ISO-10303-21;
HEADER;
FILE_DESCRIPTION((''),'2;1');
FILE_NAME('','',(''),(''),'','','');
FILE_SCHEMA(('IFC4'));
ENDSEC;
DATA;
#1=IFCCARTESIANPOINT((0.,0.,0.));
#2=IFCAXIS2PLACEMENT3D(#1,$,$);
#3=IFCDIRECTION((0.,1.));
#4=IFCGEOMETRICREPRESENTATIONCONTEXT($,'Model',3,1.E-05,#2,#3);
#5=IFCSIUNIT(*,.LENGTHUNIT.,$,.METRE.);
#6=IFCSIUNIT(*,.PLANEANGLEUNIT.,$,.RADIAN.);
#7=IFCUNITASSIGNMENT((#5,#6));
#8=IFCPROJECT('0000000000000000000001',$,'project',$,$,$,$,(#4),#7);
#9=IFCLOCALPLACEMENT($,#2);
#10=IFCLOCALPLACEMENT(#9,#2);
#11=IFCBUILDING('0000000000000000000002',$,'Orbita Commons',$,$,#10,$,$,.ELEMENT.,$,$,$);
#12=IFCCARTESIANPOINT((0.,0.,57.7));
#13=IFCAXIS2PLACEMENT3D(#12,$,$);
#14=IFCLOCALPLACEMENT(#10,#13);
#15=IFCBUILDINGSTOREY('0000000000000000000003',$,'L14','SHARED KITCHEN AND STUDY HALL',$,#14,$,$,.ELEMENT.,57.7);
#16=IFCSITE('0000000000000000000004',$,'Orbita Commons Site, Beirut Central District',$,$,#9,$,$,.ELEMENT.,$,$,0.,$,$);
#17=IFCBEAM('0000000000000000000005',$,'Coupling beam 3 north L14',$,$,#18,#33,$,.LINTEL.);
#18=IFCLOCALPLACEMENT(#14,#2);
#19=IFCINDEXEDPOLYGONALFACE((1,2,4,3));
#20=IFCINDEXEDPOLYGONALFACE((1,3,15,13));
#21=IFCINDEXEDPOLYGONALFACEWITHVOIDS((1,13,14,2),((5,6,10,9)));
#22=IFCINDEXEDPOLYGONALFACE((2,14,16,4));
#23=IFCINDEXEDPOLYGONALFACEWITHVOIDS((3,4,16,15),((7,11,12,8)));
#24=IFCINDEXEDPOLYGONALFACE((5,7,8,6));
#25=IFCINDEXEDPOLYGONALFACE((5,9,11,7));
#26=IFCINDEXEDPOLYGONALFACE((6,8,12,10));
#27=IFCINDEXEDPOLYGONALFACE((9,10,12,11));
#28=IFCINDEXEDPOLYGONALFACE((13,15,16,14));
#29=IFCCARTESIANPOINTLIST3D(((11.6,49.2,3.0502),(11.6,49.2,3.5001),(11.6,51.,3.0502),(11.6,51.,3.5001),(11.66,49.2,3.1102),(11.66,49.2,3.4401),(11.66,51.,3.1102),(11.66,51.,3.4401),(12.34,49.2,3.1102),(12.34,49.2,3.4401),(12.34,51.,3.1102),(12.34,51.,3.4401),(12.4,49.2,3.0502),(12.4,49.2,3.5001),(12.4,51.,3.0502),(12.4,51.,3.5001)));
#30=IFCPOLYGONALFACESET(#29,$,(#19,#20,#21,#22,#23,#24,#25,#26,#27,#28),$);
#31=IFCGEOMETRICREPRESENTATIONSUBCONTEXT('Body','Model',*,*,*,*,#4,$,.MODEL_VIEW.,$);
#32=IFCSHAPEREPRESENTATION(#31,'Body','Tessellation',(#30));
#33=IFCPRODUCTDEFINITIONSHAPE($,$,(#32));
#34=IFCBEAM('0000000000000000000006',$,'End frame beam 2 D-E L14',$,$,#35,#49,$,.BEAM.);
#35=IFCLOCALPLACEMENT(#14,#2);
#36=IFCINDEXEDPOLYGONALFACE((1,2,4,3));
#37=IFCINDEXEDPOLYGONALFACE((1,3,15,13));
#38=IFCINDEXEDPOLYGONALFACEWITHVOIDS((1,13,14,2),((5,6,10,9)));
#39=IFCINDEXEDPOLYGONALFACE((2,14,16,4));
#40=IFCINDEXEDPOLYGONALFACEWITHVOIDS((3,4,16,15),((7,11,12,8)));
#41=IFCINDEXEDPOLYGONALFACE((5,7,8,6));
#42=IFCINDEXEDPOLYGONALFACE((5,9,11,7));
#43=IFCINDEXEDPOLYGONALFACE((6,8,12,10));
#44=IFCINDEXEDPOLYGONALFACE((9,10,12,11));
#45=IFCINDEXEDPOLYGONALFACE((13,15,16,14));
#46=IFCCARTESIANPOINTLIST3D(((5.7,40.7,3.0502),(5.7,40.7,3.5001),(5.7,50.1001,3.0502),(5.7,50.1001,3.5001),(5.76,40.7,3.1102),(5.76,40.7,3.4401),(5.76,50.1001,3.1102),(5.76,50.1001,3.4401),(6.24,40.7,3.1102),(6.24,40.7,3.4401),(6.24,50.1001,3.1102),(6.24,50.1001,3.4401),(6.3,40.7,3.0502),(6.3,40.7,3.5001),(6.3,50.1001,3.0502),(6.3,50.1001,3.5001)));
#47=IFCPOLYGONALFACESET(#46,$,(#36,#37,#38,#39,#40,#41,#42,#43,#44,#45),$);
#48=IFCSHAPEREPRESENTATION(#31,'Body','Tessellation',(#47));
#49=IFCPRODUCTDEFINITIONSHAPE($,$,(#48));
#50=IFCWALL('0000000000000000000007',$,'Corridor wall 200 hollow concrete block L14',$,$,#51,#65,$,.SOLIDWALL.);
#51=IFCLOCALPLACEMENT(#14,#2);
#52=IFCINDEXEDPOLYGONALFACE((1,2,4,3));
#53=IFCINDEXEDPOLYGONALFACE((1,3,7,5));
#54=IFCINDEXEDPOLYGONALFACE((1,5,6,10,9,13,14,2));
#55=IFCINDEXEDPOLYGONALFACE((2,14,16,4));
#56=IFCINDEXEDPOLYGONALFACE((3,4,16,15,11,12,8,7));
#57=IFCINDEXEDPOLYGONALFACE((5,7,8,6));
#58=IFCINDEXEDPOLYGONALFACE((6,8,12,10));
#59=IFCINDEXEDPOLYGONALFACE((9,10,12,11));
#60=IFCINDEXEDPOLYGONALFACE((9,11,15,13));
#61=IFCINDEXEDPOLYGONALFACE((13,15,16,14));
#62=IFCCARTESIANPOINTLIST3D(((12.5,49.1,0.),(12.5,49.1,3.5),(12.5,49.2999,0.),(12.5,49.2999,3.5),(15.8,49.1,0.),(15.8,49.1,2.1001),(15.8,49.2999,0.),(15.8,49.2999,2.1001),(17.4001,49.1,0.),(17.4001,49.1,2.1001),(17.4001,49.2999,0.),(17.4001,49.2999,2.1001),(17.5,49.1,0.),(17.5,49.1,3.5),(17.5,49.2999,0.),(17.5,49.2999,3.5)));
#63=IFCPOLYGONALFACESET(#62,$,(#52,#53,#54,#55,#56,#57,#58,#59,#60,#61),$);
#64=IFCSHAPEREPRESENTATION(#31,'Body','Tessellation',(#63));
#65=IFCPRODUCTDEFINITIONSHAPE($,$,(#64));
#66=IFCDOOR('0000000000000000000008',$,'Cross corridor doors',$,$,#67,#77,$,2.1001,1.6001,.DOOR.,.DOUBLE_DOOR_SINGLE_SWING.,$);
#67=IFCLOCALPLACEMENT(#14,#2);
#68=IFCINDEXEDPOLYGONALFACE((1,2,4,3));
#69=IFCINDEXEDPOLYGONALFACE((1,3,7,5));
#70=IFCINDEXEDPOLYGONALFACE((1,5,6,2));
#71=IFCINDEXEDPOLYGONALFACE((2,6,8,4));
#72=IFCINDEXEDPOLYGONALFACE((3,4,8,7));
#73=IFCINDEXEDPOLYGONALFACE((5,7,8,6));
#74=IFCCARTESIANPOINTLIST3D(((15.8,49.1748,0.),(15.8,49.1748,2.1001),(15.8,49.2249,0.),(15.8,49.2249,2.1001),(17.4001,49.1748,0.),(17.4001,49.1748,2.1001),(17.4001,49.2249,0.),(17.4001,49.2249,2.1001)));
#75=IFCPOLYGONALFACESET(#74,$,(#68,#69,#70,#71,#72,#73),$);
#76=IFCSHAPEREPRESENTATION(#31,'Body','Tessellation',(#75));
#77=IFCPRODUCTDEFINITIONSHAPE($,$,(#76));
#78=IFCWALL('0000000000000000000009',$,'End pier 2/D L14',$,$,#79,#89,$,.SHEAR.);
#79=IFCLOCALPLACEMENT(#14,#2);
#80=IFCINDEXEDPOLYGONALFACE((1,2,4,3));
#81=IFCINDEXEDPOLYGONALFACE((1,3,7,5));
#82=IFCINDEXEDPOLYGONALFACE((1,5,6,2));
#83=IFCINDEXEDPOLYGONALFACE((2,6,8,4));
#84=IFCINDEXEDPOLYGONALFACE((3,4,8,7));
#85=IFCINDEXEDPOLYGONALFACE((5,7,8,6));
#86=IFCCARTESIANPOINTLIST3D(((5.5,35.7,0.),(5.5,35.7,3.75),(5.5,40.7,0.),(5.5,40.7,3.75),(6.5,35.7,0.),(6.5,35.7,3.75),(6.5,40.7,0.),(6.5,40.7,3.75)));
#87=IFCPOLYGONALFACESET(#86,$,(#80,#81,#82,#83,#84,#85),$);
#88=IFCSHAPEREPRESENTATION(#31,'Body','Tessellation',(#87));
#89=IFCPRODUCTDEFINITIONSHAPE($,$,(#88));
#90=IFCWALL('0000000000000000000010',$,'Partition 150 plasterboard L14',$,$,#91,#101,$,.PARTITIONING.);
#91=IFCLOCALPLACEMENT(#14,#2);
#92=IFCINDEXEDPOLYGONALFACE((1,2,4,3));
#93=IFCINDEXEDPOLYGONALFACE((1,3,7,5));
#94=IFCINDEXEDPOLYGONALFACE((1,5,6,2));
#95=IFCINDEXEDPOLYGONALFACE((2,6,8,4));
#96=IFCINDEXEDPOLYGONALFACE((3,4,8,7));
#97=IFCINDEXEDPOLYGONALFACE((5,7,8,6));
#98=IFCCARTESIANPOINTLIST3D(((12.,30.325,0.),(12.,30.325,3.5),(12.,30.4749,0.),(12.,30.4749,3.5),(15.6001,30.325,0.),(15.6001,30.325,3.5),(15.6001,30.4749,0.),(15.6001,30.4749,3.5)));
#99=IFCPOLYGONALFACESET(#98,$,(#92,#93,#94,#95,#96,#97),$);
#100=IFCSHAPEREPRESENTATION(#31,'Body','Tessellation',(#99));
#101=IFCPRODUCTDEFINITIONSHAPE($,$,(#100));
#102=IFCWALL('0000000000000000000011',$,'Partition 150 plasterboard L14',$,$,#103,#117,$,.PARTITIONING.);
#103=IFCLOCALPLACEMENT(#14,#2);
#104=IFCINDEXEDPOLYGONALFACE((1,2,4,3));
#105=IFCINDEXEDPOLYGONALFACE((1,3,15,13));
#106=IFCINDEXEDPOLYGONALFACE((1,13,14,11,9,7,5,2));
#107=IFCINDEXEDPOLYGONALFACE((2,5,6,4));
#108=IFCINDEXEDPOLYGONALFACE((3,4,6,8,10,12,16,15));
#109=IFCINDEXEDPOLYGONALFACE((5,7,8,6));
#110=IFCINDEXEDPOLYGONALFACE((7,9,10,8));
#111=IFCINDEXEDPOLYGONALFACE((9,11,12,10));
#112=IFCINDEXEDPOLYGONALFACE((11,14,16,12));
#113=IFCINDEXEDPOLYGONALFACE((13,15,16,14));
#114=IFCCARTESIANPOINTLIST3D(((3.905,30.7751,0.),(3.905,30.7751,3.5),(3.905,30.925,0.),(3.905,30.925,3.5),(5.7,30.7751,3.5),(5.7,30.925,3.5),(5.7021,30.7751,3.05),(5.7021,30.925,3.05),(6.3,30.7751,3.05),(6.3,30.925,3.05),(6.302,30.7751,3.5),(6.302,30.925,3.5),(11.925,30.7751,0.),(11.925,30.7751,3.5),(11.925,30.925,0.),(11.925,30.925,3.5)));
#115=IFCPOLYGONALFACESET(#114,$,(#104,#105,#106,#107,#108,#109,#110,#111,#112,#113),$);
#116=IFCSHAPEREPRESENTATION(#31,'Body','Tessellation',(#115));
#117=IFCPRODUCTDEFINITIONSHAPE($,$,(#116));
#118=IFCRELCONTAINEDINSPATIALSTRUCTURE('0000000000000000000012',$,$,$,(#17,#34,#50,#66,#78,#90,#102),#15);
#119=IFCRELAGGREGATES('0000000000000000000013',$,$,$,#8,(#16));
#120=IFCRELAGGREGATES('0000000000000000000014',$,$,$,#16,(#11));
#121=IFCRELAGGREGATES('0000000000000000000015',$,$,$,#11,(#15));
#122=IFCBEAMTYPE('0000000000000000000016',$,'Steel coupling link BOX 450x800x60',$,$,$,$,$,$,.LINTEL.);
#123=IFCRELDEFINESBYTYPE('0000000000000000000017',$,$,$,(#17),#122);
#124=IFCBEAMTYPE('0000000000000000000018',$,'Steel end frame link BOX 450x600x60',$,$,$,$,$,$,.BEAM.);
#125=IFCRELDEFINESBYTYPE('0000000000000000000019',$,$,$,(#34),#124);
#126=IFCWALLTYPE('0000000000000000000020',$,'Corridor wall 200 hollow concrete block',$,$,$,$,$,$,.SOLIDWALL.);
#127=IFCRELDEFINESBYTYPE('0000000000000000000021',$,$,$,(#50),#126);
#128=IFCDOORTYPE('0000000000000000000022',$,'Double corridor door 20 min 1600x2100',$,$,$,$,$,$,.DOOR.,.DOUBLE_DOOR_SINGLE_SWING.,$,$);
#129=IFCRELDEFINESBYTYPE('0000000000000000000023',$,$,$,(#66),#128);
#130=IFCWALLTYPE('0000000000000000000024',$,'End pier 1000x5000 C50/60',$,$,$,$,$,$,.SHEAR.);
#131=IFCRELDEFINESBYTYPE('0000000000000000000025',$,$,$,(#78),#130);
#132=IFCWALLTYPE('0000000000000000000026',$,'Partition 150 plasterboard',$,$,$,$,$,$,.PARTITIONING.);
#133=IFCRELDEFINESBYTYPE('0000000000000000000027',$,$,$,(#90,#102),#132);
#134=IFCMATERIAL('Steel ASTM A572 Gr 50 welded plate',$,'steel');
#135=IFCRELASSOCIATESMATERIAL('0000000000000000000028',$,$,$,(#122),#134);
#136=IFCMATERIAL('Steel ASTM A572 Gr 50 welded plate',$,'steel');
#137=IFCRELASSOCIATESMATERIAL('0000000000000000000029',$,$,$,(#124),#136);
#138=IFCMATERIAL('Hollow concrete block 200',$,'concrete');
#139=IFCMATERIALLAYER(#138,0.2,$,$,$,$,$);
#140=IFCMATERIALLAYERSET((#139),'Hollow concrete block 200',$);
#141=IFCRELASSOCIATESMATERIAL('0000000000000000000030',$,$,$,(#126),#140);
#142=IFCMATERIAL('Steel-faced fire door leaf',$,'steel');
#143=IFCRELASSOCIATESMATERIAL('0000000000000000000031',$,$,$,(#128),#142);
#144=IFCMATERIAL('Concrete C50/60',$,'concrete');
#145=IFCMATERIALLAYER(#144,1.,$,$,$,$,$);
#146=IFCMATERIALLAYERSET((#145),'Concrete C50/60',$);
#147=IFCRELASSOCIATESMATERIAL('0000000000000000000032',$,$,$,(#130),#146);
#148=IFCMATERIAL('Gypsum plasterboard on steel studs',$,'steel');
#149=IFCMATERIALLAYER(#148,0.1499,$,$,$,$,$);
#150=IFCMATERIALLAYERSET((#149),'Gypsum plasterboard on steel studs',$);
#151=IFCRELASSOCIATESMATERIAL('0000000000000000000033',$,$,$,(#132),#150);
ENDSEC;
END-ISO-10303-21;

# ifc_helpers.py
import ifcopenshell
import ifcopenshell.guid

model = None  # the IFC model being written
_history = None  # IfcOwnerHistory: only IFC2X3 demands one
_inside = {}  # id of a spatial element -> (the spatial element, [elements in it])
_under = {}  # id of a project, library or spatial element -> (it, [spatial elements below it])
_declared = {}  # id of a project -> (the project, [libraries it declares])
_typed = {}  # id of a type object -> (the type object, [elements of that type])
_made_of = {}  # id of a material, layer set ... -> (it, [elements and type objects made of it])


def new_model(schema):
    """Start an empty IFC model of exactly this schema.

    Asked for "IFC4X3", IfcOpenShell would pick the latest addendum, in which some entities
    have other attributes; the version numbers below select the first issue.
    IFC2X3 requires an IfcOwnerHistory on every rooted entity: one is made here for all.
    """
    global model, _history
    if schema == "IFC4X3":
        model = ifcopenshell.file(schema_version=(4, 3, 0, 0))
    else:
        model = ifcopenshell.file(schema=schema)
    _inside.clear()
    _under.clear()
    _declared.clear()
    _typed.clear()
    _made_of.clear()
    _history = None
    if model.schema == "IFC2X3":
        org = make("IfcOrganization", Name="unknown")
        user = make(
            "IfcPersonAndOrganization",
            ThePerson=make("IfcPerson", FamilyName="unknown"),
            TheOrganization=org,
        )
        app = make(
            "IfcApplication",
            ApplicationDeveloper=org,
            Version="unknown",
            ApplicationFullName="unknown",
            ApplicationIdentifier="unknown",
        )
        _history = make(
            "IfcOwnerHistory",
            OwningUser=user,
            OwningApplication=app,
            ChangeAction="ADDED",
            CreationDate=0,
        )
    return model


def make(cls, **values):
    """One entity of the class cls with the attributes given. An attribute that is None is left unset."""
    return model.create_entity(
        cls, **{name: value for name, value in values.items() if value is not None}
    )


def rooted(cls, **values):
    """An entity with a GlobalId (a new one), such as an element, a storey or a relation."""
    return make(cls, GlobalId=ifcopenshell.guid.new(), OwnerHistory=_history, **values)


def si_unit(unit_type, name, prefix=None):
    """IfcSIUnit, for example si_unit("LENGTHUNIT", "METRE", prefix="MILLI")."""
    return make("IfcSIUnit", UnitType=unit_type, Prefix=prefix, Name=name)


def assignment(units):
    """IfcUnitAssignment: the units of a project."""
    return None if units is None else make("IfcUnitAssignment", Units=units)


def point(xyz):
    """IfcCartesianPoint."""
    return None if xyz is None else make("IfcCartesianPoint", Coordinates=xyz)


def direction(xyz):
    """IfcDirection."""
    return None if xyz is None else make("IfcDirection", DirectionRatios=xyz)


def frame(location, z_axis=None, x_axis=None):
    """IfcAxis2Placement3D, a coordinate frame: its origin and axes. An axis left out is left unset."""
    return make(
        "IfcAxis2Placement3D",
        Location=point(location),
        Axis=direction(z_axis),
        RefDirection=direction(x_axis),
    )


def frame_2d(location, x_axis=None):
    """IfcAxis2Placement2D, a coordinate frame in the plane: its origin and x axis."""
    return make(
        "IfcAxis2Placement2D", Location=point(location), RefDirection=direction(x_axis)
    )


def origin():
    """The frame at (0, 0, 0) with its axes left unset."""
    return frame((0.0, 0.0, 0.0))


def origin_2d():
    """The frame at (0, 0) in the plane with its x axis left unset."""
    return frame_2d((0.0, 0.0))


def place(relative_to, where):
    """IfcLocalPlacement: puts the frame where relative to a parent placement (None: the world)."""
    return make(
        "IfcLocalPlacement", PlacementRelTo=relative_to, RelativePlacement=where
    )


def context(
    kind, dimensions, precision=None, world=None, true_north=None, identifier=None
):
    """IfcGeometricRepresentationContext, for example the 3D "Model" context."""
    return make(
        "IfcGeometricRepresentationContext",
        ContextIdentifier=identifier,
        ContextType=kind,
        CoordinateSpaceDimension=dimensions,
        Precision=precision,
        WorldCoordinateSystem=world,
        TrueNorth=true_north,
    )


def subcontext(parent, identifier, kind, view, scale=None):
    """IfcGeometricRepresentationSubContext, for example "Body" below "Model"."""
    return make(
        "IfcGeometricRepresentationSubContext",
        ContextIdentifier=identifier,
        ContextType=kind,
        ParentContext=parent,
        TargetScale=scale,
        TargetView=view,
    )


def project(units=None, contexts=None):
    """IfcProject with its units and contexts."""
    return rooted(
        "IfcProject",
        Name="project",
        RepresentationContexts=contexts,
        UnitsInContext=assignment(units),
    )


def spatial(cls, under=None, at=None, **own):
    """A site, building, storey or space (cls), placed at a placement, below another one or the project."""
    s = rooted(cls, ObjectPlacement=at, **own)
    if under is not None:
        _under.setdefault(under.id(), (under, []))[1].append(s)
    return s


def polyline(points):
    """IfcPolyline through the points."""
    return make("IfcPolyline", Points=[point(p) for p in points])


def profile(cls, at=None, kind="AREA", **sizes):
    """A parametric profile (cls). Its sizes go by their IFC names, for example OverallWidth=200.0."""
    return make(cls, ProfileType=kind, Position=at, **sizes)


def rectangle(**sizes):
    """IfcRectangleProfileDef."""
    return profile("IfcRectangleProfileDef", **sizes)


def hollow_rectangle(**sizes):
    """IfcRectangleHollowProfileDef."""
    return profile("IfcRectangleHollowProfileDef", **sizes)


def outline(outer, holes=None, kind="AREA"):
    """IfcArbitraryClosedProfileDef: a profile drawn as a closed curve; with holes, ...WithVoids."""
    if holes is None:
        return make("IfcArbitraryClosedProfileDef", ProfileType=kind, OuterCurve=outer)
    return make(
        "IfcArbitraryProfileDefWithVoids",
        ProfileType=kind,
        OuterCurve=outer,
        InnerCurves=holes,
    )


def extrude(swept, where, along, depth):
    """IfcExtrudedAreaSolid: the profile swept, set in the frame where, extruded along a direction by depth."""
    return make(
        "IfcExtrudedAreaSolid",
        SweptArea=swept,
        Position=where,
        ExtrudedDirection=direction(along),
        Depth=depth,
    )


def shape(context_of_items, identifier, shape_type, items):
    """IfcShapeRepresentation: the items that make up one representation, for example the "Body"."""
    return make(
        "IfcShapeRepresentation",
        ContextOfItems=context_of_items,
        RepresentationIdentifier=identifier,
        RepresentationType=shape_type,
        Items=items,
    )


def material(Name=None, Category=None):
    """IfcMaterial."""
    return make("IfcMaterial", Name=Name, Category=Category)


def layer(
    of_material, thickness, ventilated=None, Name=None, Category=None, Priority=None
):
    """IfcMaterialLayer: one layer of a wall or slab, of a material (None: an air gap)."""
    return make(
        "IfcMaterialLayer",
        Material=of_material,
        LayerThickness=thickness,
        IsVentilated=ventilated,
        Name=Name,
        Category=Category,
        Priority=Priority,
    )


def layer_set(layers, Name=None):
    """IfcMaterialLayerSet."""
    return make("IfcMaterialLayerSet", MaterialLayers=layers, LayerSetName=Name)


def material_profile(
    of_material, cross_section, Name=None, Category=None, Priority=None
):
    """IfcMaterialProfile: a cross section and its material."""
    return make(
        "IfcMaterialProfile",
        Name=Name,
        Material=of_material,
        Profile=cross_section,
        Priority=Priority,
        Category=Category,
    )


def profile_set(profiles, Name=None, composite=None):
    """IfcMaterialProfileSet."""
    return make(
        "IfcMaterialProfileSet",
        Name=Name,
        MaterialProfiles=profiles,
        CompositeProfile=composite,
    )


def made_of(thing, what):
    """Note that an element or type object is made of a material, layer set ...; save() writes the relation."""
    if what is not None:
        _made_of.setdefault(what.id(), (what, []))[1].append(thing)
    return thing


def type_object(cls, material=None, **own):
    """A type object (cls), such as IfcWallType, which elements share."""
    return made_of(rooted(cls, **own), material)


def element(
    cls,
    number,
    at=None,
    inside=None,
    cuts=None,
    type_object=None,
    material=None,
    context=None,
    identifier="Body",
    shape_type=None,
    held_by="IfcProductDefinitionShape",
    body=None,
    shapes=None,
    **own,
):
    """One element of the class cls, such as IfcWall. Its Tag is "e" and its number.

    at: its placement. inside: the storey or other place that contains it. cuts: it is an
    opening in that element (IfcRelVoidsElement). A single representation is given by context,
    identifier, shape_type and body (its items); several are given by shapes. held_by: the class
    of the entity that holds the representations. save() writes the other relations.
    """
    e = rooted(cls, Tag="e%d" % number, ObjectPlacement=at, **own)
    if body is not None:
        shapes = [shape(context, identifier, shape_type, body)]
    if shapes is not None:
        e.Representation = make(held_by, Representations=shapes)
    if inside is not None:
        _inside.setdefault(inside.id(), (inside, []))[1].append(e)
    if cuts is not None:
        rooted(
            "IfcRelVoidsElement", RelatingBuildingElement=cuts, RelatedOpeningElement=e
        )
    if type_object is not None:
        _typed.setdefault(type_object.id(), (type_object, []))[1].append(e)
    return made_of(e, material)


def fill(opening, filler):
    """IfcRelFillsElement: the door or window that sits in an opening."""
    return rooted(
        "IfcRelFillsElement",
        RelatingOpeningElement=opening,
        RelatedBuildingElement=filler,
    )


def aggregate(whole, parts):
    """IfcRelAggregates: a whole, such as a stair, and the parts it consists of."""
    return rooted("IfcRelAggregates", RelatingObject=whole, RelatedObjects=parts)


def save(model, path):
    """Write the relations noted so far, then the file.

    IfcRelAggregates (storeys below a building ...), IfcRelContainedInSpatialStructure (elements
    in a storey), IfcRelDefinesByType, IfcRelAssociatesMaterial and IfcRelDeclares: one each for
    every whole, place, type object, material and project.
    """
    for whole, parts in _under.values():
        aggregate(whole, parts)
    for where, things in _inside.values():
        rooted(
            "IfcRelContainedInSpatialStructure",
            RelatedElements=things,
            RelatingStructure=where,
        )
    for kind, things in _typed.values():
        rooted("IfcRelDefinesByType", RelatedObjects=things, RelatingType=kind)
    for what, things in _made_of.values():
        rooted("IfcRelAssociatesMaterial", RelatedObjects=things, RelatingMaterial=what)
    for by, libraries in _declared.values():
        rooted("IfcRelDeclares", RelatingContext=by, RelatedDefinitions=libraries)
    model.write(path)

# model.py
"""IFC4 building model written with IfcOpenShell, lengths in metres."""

from ifc_helpers import new_model, si_unit, direction, frame, frame_2d, origin, origin_2d, place, context, subcontext, project, spatial, polyline, rectangle, hollow_rectangle, outline, extrude, material, layer, layer_set, material_profile, profile_set, type_object, element, fill, save


model = new_model("IFC4")

# Units and contexts
model_context = context("Model", 3, precision=1e-05, world=origin(), true_north=direction((0.0, 1.0)))
body_context = subcontext(model_context, "Body", "Model", "MODEL_VIEW")
ifc_project = project(units=[si_unit("LENGTHUNIT", "METRE"), si_unit("PLANEANGLEUNIT", "RADIAN")], contexts=[model_context])

# Site, building, storey
site_placement = place(None, origin())
site = spatial("IfcSite", under=ifc_project, at=site_placement, Name="Orbita Commons Site, Beirut Central District", CompositionType="ELEMENT", RefElevation=0.0)
building_placement = place(site_placement, origin())
building = spatial("IfcBuilding", under=site, at=building_placement, Name="Orbita Commons", CompositionType="ELEMENT")
storey_placement = place(building_placement, frame((0.0, 0.0, 57.7)))
storey = spatial("IfcBuildingStorey", under=building, at=storey_placement, Name="L14", Description="SHARED KITCHEN AND STUDY HALL", CompositionType="ELEMENT", Elevation=57.7)

# Beams
ifc_material_1 = material(Name="Steel ASTM A572 Gr 50 welded plate", Category="steel")
ifc_material_profile_1 = material_profile(ifc_material_1, hollow_rectangle(XDim=0.8, YDim=0.45, WallThickness=0.0601, at=origin_2d()), Name="BOX 450x800x60")
ifc_profile_set_1 = profile_set([ifc_material_profile_1], Name="Steel ASTM A572 Gr 50 welded plate")
beam_type_1 = type_object("IfcBeamType", Name="Steel coupling link BOX 450x800x60", PredefinedType="LINTEL", material=ifc_profile_set_1)
beam_1_placement = place(storey_placement, frame((12.0, 49.2, 3.2751), z_axis=(0.0, 1.0, 0.0), x_axis=(-1.0, 0.0, 0.0)))
element("IfcBeam", 1, at=beam_1_placement, inside=storey, type_object=beam_type_1, Name="Coupling beam 3 north L14", PredefinedType="LINTEL", context=body_context, shape_type="SweptSolid", body=[
    extrude(hollow_rectangle(XDim=0.8, YDim=0.45, WallThickness=0.0601, at=origin_2d()), origin(), (0.0, 0.0, 1.0), 1.8),
])
ifc_material_2 = material(Name="Steel ASTM A572 Gr 50 welded plate", Category="steel")
ifc_material_profile_2 = material_profile(ifc_material_2, hollow_rectangle(XDim=0.6001, YDim=0.45, WallThickness=0.0601, at=origin_2d()), Name="BOX 450x600x60")
ifc_profile_set_2 = profile_set([ifc_material_profile_2], Name="Steel ASTM A572 Gr 50 welded plate")
beam_type_2 = type_object("IfcBeamType", Name="Steel end frame link BOX 450x600x60", PredefinedType="BEAM", material=ifc_profile_set_2)
beam_2_placement = place(storey_placement, frame((6.0, 40.7, 3.2751), z_axis=(0.0, 1.0, 0.0), x_axis=(-1.0, 0.0, 0.0)))
element("IfcBeam", 2, at=beam_2_placement, inside=storey, type_object=beam_type_2, Name="End frame beam 2 D-E L14", PredefinedType="BEAM", context=body_context, shape_type="SweptSolid", body=[
    extrude(hollow_rectangle(XDim=0.6001, YDim=0.45, WallThickness=0.0601, at=origin_2d()), origin(), (0.0, 0.0, 1.0), 9.4001),
])

# Wall, opening, door
ifc_material_3 = material(Name="Hollow concrete block 200", Category="concrete")
ifc_layer_1 = layer(ifc_material_3, 0.2)
ifc_layer_set_1 = layer_set([ifc_layer_1], Name="Hollow concrete block 200")
wall_type_1 = type_object("IfcWallType", Name="Corridor wall 200 hollow concrete block", PredefinedType="SOLIDWALL", material=ifc_layer_set_1)
wall_1_placement = place(storey_placement, frame((12.5, 49.2, 0.0), z_axis=(0.0, 0.0, 1.0), x_axis=(1.0, 0.0, 0.0)))
wall_1 = element("IfcWall", 3, at=wall_1_placement, inside=storey, type_object=wall_type_1, Name="Corridor wall 200 hollow concrete block L14", PredefinedType="SOLIDWALL", context=body_context, shape_type="SweptSolid", body=[
    extrude(rectangle(XDim=5.0, YDim=0.2, at=frame_2d((2.5, 0.0))), origin(), (0.0, 0.0, 1.0), 3.5),
])
opening_1_placement = place(wall_1_placement, frame((3.3, 0.0, 0.0)))
opening_1 = element("IfcOpeningElement", 4, at=opening_1_placement, cuts=wall_1, PredefinedType="OPENING", context=body_context, shape_type="SweptSolid", body=[
    extrude(rectangle(XDim=1.6001, YDim=2.1001, at=frame_2d((0.8, 1.05))), frame((0.0, 0.1099, 0.0), z_axis=(0.0, -1.0, 0.0), x_axis=(1.0, 0.0, 0.0)), (0.0, 0.0, 1.0), 0.22),
])
ifc_material_4 = material(Name="Steel-faced fire door leaf", Category="steel")
door_type = type_object("IfcDoorType", Name="Double corridor door 20 min 1600x2100", OperationType="DOUBLE_DOOR_SINGLE_SWING", PredefinedType="DOOR", material=ifc_material_4)
door_placement = place(opening_1_placement, origin())
door = element("IfcDoor", 5, at=door_placement, inside=storey, type_object=door_type, Name="Cross corridor doors", OperationType="DOUBLE_DOOR_SINGLE_SWING", OverallHeight=2.1001, OverallWidth=1.6001, PredefinedType="DOOR", context=body_context, shape_type="SweptSolid", body=[
    extrude(rectangle(XDim=1.6001, YDim=2.1001, at=frame_2d((0.8, 1.05))), frame((0.0, 0.0249, 0.0), z_axis=(0.0, -1.0, 0.0), x_axis=(1.0, 0.0, 0.0)), (0.0, 0.0, 1.0), 0.05),
])
fill(opening_1, door)

# Walls
ifc_material_5 = material(Name="Concrete C50/60", Category="concrete")
ifc_layer_2 = layer(ifc_material_5, 1.0)
ifc_layer_set_2 = layer_set([ifc_layer_2], Name="Concrete C50/60")
wall_type_2 = type_object("IfcWallType", Name="End pier 1000x5000 C50/60", PredefinedType="SHEAR", material=ifc_layer_set_2)
wall_2_placement = place(storey_placement, frame((6.0, 35.7, 0.0), z_axis=(0.0, 0.0, 1.0), x_axis=(0.0, 1.0, 0.0)))
element("IfcWall", 6, at=wall_2_placement, inside=storey, type_object=wall_type_2, Name="End pier 2/D L14", PredefinedType="SHEAR", context=body_context, shape_type="SweptSolid", body=[
    extrude(rectangle(XDim=5.0, YDim=1.0, at=frame_2d((2.5, 0.0))), origin(), (0.0, 0.0, 1.0), 3.75),
])
ifc_material_6 = material(Name="Gypsum plasterboard on steel studs", Category="steel")
ifc_layer_3 = layer(ifc_material_6, 0.1499)
ifc_layer_set_3 = layer_set([ifc_layer_3], Name="Gypsum plasterboard on steel studs")
wall_type_3 = type_object("IfcWallType", Name="Partition 150 plasterboard", PredefinedType="PARTITIONING", material=ifc_layer_set_3)
wall_3_placement = place(storey_placement, frame((12.0, 30.3999, 0.0), z_axis=(0.0, 0.0, 1.0), x_axis=(1.0, 0.0, 0.0)))
element("IfcWall", 7, at=wall_3_placement, inside=storey, type_object=wall_type_3, Name="Partition 150 plasterboard L14", PredefinedType="PARTITIONING", context=body_context, shape_type="SweptSolid", body=[
    extrude(rectangle(XDim=3.6001, YDim=0.1499, at=frame_2d((1.8, 0.0))), origin(), (0.0, 0.0, 1.0), 3.5),
])
wall_4_placement = place(storey_placement, frame((3.905, 30.8501, 0.0), z_axis=(0.0, 0.0, 1.0), x_axis=(1.0, 0.0, 0.0)))
element("IfcWall", 8, at=wall_4_placement, inside=storey, type_object=wall_type_3, Name="Partition 150 plasterboard L14", PredefinedType="PARTITIONING", context=body_context, shape_type="SweptSolid", body=[
    extrude(outline(polyline([(0.0, 0.0), (8.02, 0.0), (8.02, 3.5), (2.397, 3.5), (2.395, 3.05), (1.7971, 3.05), (1.7949, 3.5), (0.0, 3.5), (0.0, 0.0)])), frame((0.0, 0.075, 0.0), z_axis=(0.0, -1.0, 0.0), x_axis=(1.0, 0.0, 0.0)), (0.0, 0.0, 1.0), 0.1499),
])

save(model, "model.ifc")
